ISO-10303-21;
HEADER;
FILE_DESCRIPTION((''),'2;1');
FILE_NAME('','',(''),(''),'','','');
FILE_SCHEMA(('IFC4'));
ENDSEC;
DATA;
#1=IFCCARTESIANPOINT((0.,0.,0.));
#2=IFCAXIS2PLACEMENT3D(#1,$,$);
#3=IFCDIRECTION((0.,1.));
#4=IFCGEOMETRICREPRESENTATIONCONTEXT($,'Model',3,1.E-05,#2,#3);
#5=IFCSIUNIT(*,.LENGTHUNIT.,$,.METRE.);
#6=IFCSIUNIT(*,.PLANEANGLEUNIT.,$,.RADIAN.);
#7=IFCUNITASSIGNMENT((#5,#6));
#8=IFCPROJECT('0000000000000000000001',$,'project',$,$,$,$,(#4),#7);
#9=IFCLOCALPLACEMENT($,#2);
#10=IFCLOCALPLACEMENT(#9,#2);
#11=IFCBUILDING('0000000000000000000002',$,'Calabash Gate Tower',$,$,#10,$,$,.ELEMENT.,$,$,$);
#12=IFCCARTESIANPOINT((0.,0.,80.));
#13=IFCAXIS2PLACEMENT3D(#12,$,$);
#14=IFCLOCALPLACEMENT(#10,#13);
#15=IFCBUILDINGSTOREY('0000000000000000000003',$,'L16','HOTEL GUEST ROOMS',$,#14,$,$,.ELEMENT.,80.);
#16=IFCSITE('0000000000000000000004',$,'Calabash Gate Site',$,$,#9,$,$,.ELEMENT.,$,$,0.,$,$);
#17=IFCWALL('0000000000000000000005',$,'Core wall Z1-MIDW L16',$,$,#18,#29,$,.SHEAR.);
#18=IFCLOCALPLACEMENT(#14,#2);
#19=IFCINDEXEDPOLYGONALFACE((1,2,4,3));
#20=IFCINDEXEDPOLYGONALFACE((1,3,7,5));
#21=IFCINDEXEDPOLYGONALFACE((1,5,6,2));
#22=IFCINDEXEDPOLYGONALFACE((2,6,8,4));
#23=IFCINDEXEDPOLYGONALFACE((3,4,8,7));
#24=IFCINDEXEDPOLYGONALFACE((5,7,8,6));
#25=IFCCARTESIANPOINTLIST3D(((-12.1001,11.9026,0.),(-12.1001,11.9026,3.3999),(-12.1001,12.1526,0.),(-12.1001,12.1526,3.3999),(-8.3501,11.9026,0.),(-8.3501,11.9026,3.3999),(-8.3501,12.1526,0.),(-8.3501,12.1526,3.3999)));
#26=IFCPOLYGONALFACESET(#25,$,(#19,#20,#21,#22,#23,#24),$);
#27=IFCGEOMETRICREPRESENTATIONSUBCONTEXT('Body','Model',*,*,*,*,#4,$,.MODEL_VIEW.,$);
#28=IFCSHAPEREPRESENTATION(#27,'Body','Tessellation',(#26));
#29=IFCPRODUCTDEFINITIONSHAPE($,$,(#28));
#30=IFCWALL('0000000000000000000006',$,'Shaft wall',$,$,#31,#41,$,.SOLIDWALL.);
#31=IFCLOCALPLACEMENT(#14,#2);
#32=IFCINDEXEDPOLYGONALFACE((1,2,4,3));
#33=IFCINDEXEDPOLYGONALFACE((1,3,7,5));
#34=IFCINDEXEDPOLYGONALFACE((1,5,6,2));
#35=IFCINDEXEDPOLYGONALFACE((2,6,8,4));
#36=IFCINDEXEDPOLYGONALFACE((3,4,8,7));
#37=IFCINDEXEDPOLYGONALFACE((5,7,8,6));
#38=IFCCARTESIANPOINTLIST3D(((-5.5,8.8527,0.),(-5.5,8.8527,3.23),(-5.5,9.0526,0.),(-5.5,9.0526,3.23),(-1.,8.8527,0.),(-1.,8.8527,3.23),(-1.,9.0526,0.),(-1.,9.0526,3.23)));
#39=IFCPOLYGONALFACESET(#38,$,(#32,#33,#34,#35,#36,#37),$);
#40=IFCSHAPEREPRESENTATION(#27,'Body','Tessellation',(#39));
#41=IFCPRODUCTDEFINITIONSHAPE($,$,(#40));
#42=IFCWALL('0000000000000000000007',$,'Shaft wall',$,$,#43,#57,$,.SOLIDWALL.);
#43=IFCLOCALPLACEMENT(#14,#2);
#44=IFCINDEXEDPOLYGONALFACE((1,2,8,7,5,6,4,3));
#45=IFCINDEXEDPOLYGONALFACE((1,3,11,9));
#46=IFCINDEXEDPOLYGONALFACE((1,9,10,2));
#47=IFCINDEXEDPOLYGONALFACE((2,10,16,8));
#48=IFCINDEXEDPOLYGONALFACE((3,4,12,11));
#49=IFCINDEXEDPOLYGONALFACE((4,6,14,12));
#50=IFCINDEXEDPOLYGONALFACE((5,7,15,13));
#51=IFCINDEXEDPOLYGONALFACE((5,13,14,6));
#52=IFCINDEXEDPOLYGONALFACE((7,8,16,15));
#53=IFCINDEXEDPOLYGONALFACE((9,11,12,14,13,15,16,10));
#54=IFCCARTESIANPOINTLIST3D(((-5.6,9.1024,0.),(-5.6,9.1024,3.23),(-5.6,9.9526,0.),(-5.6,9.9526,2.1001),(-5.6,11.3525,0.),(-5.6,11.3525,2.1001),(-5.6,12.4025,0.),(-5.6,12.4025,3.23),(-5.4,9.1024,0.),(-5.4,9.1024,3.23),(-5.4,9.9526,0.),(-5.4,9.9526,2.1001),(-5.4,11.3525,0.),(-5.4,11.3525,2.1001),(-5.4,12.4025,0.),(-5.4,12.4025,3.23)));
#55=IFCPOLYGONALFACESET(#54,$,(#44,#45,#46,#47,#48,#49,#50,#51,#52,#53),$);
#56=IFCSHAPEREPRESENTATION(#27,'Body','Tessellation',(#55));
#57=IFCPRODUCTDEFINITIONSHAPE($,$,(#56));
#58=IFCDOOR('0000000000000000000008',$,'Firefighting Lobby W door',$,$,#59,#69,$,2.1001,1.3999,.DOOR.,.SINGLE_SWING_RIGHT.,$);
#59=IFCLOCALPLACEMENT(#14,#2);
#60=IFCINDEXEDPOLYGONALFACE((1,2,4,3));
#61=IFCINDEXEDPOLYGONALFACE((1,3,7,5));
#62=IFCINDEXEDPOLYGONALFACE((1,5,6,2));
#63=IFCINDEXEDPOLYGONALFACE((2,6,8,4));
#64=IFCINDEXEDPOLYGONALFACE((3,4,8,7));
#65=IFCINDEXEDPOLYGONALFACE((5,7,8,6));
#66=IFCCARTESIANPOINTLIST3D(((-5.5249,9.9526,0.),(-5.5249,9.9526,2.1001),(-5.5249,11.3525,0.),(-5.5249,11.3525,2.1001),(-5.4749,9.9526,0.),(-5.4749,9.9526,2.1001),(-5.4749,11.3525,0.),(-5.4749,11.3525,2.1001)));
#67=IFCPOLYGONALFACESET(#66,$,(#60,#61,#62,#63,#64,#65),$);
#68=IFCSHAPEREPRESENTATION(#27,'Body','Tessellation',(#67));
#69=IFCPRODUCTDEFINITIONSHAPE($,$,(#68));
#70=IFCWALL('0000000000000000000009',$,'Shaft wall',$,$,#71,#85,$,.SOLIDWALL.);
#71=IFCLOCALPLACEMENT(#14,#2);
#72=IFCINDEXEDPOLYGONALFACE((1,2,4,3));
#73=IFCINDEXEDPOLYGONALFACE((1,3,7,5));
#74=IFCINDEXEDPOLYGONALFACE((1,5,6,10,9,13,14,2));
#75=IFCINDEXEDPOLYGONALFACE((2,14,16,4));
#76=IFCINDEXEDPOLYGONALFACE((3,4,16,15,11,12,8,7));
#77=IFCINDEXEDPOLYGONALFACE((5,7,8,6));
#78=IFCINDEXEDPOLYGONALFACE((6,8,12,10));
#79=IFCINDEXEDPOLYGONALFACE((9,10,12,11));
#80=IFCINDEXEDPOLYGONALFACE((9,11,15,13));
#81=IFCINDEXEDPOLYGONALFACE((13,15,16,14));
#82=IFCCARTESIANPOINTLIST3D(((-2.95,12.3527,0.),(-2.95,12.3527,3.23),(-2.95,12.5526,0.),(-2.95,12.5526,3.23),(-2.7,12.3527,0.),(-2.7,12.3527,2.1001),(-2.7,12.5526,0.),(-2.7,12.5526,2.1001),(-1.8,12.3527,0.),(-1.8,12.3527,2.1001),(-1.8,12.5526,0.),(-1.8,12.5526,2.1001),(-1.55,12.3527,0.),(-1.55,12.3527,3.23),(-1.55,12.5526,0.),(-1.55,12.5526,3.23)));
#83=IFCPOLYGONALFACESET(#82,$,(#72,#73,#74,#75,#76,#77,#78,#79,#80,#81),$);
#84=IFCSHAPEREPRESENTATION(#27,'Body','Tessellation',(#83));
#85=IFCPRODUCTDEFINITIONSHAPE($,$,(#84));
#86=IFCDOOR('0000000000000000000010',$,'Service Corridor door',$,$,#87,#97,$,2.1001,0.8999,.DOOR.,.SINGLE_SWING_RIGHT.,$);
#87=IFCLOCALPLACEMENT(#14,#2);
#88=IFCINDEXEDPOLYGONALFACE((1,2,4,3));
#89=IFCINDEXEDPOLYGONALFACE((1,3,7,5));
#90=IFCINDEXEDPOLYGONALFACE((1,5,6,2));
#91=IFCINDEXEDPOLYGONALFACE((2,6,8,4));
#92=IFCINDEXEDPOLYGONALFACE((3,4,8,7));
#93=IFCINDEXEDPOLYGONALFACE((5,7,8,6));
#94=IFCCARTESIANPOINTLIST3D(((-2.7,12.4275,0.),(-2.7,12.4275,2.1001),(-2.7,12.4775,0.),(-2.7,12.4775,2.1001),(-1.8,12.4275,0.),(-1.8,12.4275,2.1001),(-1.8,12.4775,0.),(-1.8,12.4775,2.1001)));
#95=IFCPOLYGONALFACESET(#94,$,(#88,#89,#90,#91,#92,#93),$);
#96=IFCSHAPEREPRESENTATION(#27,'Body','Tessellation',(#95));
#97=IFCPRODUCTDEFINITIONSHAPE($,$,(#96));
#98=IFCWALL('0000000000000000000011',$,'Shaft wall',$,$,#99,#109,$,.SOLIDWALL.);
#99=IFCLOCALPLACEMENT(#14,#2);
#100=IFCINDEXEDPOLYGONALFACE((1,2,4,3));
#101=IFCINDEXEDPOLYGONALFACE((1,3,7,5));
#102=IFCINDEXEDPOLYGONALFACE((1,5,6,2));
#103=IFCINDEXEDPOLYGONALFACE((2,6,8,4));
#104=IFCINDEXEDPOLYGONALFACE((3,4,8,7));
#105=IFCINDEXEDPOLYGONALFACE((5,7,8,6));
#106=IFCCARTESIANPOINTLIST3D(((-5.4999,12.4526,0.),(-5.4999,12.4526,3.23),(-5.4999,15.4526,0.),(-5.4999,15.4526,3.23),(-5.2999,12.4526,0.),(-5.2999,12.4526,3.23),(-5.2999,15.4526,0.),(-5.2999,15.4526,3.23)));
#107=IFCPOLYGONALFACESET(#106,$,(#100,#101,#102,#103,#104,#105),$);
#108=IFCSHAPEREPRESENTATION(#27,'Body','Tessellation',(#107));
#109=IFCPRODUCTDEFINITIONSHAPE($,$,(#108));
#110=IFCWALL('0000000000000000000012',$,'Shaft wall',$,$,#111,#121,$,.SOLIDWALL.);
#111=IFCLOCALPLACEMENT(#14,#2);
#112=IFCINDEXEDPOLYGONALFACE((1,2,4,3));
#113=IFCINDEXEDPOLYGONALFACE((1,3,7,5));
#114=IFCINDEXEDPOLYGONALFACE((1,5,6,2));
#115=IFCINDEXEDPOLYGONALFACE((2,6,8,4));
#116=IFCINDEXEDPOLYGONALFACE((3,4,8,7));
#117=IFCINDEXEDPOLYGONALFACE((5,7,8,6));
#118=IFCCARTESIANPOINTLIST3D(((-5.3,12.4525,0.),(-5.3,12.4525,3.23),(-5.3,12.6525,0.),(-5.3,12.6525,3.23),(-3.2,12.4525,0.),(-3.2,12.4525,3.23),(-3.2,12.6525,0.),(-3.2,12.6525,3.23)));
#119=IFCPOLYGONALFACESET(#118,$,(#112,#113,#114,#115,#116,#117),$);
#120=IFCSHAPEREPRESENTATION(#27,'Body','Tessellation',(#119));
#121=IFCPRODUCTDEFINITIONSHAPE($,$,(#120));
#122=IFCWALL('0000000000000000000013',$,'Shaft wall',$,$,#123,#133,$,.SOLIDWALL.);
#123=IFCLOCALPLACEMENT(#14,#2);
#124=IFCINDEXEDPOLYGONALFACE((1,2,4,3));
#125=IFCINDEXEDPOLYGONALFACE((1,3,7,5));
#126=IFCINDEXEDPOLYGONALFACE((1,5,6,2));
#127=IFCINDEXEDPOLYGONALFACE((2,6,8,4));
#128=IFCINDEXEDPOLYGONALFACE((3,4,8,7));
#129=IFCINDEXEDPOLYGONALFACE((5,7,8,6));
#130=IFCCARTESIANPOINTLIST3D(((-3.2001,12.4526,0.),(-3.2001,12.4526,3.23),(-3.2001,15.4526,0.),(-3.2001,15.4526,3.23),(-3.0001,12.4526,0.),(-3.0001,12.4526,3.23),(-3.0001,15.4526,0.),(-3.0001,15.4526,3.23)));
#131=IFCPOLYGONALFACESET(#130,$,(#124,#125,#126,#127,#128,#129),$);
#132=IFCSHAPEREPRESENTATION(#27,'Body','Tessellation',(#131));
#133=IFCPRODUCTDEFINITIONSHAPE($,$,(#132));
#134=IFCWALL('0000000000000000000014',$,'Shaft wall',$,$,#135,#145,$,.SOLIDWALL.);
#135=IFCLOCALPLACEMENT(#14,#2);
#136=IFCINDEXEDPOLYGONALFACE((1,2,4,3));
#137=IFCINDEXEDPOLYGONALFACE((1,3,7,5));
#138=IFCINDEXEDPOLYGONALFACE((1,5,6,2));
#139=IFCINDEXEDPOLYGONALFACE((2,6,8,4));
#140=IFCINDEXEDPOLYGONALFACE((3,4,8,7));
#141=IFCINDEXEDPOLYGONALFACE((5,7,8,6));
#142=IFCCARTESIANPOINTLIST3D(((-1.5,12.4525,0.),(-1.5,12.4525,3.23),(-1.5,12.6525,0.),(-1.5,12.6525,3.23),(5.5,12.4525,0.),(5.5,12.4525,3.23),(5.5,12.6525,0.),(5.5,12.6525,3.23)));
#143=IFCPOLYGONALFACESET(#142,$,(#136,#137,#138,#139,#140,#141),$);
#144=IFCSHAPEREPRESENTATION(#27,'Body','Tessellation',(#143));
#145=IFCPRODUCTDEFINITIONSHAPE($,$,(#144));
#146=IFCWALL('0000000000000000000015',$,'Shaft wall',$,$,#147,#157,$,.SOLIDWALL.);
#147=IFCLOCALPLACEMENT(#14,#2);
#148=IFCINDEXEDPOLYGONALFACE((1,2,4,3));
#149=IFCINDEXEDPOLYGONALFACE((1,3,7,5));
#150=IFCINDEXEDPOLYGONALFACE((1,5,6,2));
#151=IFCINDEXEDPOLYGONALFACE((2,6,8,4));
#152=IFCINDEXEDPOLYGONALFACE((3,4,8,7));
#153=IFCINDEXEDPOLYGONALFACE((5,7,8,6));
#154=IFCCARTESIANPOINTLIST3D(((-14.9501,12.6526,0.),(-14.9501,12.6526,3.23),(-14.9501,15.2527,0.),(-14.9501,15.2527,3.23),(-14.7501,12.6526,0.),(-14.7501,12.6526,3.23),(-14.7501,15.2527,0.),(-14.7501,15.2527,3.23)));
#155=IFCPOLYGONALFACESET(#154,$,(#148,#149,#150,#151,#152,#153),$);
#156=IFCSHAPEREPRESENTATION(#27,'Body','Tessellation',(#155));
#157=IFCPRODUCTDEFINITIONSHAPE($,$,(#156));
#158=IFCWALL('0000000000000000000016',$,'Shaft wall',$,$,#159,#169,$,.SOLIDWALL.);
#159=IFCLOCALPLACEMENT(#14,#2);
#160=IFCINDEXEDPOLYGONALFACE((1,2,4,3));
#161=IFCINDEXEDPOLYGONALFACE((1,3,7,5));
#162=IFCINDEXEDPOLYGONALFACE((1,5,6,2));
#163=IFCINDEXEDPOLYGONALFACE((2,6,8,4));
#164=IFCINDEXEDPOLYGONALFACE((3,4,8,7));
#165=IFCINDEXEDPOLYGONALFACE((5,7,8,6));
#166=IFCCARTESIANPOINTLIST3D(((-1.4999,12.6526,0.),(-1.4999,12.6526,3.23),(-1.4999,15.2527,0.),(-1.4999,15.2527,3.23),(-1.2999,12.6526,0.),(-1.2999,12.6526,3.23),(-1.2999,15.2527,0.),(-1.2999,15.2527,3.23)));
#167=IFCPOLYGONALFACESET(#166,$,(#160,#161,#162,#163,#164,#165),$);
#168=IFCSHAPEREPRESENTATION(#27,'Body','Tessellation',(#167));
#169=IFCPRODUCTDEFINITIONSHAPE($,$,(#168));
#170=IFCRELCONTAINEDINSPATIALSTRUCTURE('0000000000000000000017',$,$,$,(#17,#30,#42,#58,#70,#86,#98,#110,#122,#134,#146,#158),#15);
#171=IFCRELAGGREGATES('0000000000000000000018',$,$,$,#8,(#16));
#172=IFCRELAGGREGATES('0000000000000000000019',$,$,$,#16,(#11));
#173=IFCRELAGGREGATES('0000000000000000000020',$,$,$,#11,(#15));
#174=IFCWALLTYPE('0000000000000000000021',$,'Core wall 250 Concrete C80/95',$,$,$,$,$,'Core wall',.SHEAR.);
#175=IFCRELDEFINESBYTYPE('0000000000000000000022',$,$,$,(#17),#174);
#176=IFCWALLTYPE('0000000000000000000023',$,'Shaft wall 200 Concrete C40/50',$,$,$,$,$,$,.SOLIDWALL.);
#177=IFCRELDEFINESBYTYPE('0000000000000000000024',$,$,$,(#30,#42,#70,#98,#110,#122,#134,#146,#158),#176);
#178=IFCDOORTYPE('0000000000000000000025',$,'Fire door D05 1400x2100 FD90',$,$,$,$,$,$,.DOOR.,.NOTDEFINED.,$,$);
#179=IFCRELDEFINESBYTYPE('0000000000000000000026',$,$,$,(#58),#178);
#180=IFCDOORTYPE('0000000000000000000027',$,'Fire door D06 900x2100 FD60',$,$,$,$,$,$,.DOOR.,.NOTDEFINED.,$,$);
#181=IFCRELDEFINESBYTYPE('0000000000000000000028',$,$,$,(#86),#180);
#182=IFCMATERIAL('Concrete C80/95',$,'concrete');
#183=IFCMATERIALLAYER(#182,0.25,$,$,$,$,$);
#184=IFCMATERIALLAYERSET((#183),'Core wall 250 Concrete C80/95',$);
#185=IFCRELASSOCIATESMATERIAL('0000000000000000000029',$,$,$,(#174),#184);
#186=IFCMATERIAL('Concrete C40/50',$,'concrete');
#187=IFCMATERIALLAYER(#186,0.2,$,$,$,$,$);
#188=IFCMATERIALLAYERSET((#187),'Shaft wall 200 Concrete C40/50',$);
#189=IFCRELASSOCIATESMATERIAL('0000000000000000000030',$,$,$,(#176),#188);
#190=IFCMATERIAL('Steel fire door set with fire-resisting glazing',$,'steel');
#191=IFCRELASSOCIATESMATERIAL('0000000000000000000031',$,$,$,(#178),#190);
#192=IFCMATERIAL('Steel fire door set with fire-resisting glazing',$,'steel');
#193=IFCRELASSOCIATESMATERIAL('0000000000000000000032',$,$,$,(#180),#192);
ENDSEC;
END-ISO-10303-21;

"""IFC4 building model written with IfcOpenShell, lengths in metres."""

from ifc_helpers import new_model, si_unit, direction, frame, frame_2d, origin, place, context, subcontext, project, spatial, rectangle, extrude, material, layer, layer_set, type_object, element, fill, save


model = new_model("IFC4")

# Units and contexts
model_context = context("Model", 3, precision=1e-05, world=origin(), true_north=direction((0.0, 1.0)))
body_context = subcontext(model_context, "Body", "Model", "MODEL_VIEW")
ifc_project = project(units=[si_unit("LENGTHUNIT", "METRE"), si_unit("PLANEANGLEUNIT", "RADIAN")], contexts=[model_context])

# Site, building, storey
site_placement = place(None, origin())
site = spatial("IfcSite", under=ifc_project, at=site_placement, Name="Calabash Gate Site", CompositionType="ELEMENT", RefElevation=0.0)
building_placement = place(site_placement, origin())
building = spatial("IfcBuilding", under=site, at=building_placement, Name="Calabash Gate Tower", CompositionType="ELEMENT")
storey_placement = place(building_placement, frame((0.0, 0.0, 80.0)))
storey = spatial("IfcBuildingStorey", under=building, at=storey_placement, Name="L16", Description="HOTEL GUEST ROOMS", CompositionType="ELEMENT", Elevation=80.0)

# Walls
ifc_material_1 = material(Name="Concrete C80/95", Category="concrete")
ifc_layer_1 = layer(ifc_material_1, 0.25)
ifc_layer_set_1 = layer_set([ifc_layer_1], Name="Core wall 250 Concrete C80/95")
wall_type_1 = type_object("IfcWallType", Name="Core wall 250 Concrete C80/95", ElementType="Core wall", PredefinedType="SHEAR", material=ifc_layer_set_1)
wall_1_placement = place(storey_placement, frame((-12.1001, 12.0276, 0.0), z_axis=(0.0, 0.0, 1.0), x_axis=(1.0, 0.0, 0.0)))
element("IfcWall", 1, at=wall_1_placement, inside=storey, type_object=wall_type_1, Name="Core wall Z1-MIDW L16", PredefinedType="SHEAR", context=body_context, shape_type="SweptSolid", body=[
    extrude(rectangle(XDim=3.75, YDim=0.25, at=frame_2d((1.875, 0.0))), origin(), (0.0, 0.0, 1.0), 3.3999),
])
ifc_material_2 = material(Name="Concrete C40/50", Category="concrete")
ifc_layer_2 = layer(ifc_material_2, 0.2)
ifc_layer_set_2 = layer_set([ifc_layer_2], Name="Shaft wall 200 Concrete C40/50")
wall_type_2 = type_object("IfcWallType", Name="Shaft wall 200 Concrete C40/50", PredefinedType="SOLIDWALL", material=ifc_layer_set_2)
wall_2_placement = place(storey_placement, frame((-5.5, 8.9526, 0.0), z_axis=(0.0, 0.0, 1.0), x_axis=(1.0, 0.0, 0.0)))
element("IfcWall", 2, at=wall_2_placement, inside=storey, type_object=wall_type_2, Name="Shaft wall", PredefinedType="SOLIDWALL", context=body_context, shape_type="SweptSolid", body=[
    extrude(rectangle(XDim=4.5, YDim=0.2, at=frame_2d((2.25, 0.0))), origin(), (0.0, 0.0, 1.0), 3.23),
])

# Walls, openings, doors
wall_3_placement = place(storey_placement, frame((-5.5, 9.1025, 0.0), z_axis=(0.0, 0.0, 1.0), x_axis=(0.0, 1.0, 0.0)))
wall_3 = element("IfcWall", 3, at=wall_3_placement, inside=storey, type_object=wall_type_2, Name="Shaft wall", PredefinedType="SOLIDWALL", context=body_context, shape_type="SweptSolid", body=[
    extrude(rectangle(XDim=3.3, YDim=0.2, at=frame_2d((1.6499, 0.0))), origin(), (0.0, 0.0, 1.0), 3.23),
])
opening_1_placement = place(wall_3_placement, frame((0.8501, 0.0, 0.0)))
opening_1 = element("IfcOpeningElement", 4, at=opening_1_placement, cuts=wall_3, PredefinedType="OPENING", context=body_context, shape_type="SweptSolid", body=[
    extrude(rectangle(XDim=1.3999, YDim=2.1001, at=frame_2d((0.7, 1.05))), frame((0.0, 0.1099, 0.0), z_axis=(0.0, -1.0, 0.0), x_axis=(1.0, 0.0, 0.0)), (0.0, 0.0, 1.0), 0.22),
])
ifc_material_3 = material(Name="Steel fire door set with fire-resisting glazing", Category="steel")
door_type_1 = type_object("IfcDoorType", Name="Fire door D05 1400x2100 FD90", OperationType="NOTDEFINED", PredefinedType="DOOR", material=ifc_material_3)
door_1_placement = place(opening_1_placement, origin())
door_1 = element("IfcDoor", 5, at=door_1_placement, inside=storey, type_object=door_type_1, Name="Firefighting Lobby W door", OperationType="SINGLE_SWING_RIGHT", OverallHeight=2.1001, OverallWidth=1.3999, PredefinedType="DOOR", context=body_context, shape_type="SweptSolid", body=[
    extrude(rectangle(XDim=1.3999, YDim=2.1001, at=frame_2d((0.7, 1.05))), frame((0.0, 0.0249, 0.0), z_axis=(0.0, -1.0, 0.0), x_axis=(1.0, 0.0, 0.0)), (0.0, 0.0, 1.0), 0.05),
])
fill(opening_1, door_1)
wall_4_placement = place(storey_placement, frame((-2.95, 12.4526, 0.0), z_axis=(0.0, 0.0, 1.0), x_axis=(1.0, 0.0, 0.0)))
wall_4 = element("IfcWall", 6, at=wall_4_placement, inside=storey, type_object=wall_type_2, Name="Shaft wall", PredefinedType="SOLIDWALL", context=body_context, shape_type="SweptSolid", body=[
    extrude(rectangle(XDim=1.3999, YDim=0.2, at=frame_2d((0.7, 0.0))), origin(), (0.0, 0.0, 1.0), 3.23),
])
opening_2_placement = place(wall_4_placement, frame((0.25, 0.0, 0.0)))
opening_2 = element("IfcOpeningElement", 7, at=opening_2_placement, cuts=wall_4, PredefinedType="OPENING", context=body_context, shape_type="SweptSolid", body=[
    extrude(rectangle(XDim=0.8999, YDim=2.1001, at=frame_2d((0.45, 1.05))), frame((0.0, 0.1099, 0.0), z_axis=(0.0, -1.0, 0.0), x_axis=(1.0, 0.0, 0.0)), (0.0, 0.0, 1.0), 0.22),
])
ifc_material_4 = material(Name="Steel fire door set with fire-resisting glazing", Category="steel")
door_type_2 = type_object("IfcDoorType", Name="Fire door D06 900x2100 FD60", OperationType="NOTDEFINED", PredefinedType="DOOR", material=ifc_material_4)
door_2_placement = place(opening_2_placement, origin())
door_2 = element("IfcDoor", 8, at=door_2_placement, inside=storey, type_object=door_type_2, Name="Service Corridor door", OperationType="SINGLE_SWING_RIGHT", OverallHeight=2.1001, OverallWidth=0.8999, PredefinedType="DOOR", context=body_context, shape_type="SweptSolid", body=[
    extrude(rectangle(XDim=0.8999, YDim=2.1001, at=frame_2d((0.45, 1.05))), frame((0.0, 0.0249, 0.0), z_axis=(0.0, -1.0, 0.0), x_axis=(1.0, 0.0, 0.0)), (0.0, 0.0, 1.0), 0.05),
])
fill(opening_2, door_2)

# Walls
wall_5_placement = place(storey_placement, frame((-5.3999, 12.4526, 0.0), z_axis=(0.0, 0.0, 1.0), x_axis=(0.0, 1.0, 0.0)))
element("IfcWall", 9, at=wall_5_placement, inside=storey, type_object=wall_type_2, Name="Shaft wall", PredefinedType="SOLIDWALL", context=body_context, shape_type="SweptSolid", body=[
    extrude(rectangle(XDim=3.0, YDim=0.2, at=frame_2d((1.5, 0.0))), origin(), (0.0, 0.0, 1.0), 3.23),
])
wall_6_placement = place(storey_placement, frame((-5.3, 12.5525, 0.0), z_axis=(0.0, 0.0, 1.0), x_axis=(1.0, 0.0, 0.0)))
element("IfcWall", 10, at=wall_6_placement, inside=storey, type_object=wall_type_2, Name="Shaft wall", PredefinedType="SOLIDWALL", context=body_context, shape_type="SweptSolid", body=[
    extrude(rectangle(XDim=2.1001, YDim=0.2, at=frame_2d((1.05, 0.0))), origin(), (0.0, 0.0, 1.0), 3.23),
])
wall_7_placement = place(storey_placement, frame((-3.1001, 12.4526, 0.0), z_axis=(0.0, 0.0, 1.0), x_axis=(0.0, 1.0, 0.0)))
element("IfcWall", 11, at=wall_7_placement, inside=storey, type_object=wall_type_2, Name="Shaft wall", PredefinedType="SOLIDWALL", context=body_context, shape_type="SweptSolid", body=[
    extrude(rectangle(XDim=3.0, YDim=0.2, at=frame_2d((1.5, 0.0))), origin(), (0.0, 0.0, 1.0), 3.23),
])
wall_8_placement = place(storey_placement, frame((-1.5, 12.5525, 0.0), z_axis=(0.0, 0.0, 1.0), x_axis=(1.0, 0.0, 0.0)))
element("IfcWall", 12, at=wall_8_placement, inside=storey, type_object=wall_type_2, Name="Shaft wall", PredefinedType="SOLIDWALL", context=body_context, shape_type="SweptSolid", body=[
    extrude(rectangle(XDim=7.0, YDim=0.2, at=frame_2d((3.5, 0.0))), origin(), (0.0, 0.0, 1.0), 3.23),
])
for number, where, z_axis, x_axis, name in (
    (13, (-14.8501, 12.6526, 0.0), (0.0, 0.0, 1.0), (0.0, 1.0, 0.0), "Shaft wall"),
    (14, (-1.3999, 12.6526, 0.0), (0.0, 0.0, 1.0), (0.0, 1.0, 0.0), "Shaft wall"),
):
    element("IfcWall", number, at=place(storey_placement, frame(where, z_axis=z_axis, x_axis=x_axis)), inside=storey, type_object=wall_type_2, Name=name, PredefinedType="SOLIDWALL", context=body_context, shape_type="SweptSolid", body=[
        extrude(rectangle(XDim=2.6001, YDim=0.2, at=frame_2d((1.3, 0.0))), origin(), (0.0, 0.0, 1.0), 3.23),
    ])

save(model, "model.ifc")
